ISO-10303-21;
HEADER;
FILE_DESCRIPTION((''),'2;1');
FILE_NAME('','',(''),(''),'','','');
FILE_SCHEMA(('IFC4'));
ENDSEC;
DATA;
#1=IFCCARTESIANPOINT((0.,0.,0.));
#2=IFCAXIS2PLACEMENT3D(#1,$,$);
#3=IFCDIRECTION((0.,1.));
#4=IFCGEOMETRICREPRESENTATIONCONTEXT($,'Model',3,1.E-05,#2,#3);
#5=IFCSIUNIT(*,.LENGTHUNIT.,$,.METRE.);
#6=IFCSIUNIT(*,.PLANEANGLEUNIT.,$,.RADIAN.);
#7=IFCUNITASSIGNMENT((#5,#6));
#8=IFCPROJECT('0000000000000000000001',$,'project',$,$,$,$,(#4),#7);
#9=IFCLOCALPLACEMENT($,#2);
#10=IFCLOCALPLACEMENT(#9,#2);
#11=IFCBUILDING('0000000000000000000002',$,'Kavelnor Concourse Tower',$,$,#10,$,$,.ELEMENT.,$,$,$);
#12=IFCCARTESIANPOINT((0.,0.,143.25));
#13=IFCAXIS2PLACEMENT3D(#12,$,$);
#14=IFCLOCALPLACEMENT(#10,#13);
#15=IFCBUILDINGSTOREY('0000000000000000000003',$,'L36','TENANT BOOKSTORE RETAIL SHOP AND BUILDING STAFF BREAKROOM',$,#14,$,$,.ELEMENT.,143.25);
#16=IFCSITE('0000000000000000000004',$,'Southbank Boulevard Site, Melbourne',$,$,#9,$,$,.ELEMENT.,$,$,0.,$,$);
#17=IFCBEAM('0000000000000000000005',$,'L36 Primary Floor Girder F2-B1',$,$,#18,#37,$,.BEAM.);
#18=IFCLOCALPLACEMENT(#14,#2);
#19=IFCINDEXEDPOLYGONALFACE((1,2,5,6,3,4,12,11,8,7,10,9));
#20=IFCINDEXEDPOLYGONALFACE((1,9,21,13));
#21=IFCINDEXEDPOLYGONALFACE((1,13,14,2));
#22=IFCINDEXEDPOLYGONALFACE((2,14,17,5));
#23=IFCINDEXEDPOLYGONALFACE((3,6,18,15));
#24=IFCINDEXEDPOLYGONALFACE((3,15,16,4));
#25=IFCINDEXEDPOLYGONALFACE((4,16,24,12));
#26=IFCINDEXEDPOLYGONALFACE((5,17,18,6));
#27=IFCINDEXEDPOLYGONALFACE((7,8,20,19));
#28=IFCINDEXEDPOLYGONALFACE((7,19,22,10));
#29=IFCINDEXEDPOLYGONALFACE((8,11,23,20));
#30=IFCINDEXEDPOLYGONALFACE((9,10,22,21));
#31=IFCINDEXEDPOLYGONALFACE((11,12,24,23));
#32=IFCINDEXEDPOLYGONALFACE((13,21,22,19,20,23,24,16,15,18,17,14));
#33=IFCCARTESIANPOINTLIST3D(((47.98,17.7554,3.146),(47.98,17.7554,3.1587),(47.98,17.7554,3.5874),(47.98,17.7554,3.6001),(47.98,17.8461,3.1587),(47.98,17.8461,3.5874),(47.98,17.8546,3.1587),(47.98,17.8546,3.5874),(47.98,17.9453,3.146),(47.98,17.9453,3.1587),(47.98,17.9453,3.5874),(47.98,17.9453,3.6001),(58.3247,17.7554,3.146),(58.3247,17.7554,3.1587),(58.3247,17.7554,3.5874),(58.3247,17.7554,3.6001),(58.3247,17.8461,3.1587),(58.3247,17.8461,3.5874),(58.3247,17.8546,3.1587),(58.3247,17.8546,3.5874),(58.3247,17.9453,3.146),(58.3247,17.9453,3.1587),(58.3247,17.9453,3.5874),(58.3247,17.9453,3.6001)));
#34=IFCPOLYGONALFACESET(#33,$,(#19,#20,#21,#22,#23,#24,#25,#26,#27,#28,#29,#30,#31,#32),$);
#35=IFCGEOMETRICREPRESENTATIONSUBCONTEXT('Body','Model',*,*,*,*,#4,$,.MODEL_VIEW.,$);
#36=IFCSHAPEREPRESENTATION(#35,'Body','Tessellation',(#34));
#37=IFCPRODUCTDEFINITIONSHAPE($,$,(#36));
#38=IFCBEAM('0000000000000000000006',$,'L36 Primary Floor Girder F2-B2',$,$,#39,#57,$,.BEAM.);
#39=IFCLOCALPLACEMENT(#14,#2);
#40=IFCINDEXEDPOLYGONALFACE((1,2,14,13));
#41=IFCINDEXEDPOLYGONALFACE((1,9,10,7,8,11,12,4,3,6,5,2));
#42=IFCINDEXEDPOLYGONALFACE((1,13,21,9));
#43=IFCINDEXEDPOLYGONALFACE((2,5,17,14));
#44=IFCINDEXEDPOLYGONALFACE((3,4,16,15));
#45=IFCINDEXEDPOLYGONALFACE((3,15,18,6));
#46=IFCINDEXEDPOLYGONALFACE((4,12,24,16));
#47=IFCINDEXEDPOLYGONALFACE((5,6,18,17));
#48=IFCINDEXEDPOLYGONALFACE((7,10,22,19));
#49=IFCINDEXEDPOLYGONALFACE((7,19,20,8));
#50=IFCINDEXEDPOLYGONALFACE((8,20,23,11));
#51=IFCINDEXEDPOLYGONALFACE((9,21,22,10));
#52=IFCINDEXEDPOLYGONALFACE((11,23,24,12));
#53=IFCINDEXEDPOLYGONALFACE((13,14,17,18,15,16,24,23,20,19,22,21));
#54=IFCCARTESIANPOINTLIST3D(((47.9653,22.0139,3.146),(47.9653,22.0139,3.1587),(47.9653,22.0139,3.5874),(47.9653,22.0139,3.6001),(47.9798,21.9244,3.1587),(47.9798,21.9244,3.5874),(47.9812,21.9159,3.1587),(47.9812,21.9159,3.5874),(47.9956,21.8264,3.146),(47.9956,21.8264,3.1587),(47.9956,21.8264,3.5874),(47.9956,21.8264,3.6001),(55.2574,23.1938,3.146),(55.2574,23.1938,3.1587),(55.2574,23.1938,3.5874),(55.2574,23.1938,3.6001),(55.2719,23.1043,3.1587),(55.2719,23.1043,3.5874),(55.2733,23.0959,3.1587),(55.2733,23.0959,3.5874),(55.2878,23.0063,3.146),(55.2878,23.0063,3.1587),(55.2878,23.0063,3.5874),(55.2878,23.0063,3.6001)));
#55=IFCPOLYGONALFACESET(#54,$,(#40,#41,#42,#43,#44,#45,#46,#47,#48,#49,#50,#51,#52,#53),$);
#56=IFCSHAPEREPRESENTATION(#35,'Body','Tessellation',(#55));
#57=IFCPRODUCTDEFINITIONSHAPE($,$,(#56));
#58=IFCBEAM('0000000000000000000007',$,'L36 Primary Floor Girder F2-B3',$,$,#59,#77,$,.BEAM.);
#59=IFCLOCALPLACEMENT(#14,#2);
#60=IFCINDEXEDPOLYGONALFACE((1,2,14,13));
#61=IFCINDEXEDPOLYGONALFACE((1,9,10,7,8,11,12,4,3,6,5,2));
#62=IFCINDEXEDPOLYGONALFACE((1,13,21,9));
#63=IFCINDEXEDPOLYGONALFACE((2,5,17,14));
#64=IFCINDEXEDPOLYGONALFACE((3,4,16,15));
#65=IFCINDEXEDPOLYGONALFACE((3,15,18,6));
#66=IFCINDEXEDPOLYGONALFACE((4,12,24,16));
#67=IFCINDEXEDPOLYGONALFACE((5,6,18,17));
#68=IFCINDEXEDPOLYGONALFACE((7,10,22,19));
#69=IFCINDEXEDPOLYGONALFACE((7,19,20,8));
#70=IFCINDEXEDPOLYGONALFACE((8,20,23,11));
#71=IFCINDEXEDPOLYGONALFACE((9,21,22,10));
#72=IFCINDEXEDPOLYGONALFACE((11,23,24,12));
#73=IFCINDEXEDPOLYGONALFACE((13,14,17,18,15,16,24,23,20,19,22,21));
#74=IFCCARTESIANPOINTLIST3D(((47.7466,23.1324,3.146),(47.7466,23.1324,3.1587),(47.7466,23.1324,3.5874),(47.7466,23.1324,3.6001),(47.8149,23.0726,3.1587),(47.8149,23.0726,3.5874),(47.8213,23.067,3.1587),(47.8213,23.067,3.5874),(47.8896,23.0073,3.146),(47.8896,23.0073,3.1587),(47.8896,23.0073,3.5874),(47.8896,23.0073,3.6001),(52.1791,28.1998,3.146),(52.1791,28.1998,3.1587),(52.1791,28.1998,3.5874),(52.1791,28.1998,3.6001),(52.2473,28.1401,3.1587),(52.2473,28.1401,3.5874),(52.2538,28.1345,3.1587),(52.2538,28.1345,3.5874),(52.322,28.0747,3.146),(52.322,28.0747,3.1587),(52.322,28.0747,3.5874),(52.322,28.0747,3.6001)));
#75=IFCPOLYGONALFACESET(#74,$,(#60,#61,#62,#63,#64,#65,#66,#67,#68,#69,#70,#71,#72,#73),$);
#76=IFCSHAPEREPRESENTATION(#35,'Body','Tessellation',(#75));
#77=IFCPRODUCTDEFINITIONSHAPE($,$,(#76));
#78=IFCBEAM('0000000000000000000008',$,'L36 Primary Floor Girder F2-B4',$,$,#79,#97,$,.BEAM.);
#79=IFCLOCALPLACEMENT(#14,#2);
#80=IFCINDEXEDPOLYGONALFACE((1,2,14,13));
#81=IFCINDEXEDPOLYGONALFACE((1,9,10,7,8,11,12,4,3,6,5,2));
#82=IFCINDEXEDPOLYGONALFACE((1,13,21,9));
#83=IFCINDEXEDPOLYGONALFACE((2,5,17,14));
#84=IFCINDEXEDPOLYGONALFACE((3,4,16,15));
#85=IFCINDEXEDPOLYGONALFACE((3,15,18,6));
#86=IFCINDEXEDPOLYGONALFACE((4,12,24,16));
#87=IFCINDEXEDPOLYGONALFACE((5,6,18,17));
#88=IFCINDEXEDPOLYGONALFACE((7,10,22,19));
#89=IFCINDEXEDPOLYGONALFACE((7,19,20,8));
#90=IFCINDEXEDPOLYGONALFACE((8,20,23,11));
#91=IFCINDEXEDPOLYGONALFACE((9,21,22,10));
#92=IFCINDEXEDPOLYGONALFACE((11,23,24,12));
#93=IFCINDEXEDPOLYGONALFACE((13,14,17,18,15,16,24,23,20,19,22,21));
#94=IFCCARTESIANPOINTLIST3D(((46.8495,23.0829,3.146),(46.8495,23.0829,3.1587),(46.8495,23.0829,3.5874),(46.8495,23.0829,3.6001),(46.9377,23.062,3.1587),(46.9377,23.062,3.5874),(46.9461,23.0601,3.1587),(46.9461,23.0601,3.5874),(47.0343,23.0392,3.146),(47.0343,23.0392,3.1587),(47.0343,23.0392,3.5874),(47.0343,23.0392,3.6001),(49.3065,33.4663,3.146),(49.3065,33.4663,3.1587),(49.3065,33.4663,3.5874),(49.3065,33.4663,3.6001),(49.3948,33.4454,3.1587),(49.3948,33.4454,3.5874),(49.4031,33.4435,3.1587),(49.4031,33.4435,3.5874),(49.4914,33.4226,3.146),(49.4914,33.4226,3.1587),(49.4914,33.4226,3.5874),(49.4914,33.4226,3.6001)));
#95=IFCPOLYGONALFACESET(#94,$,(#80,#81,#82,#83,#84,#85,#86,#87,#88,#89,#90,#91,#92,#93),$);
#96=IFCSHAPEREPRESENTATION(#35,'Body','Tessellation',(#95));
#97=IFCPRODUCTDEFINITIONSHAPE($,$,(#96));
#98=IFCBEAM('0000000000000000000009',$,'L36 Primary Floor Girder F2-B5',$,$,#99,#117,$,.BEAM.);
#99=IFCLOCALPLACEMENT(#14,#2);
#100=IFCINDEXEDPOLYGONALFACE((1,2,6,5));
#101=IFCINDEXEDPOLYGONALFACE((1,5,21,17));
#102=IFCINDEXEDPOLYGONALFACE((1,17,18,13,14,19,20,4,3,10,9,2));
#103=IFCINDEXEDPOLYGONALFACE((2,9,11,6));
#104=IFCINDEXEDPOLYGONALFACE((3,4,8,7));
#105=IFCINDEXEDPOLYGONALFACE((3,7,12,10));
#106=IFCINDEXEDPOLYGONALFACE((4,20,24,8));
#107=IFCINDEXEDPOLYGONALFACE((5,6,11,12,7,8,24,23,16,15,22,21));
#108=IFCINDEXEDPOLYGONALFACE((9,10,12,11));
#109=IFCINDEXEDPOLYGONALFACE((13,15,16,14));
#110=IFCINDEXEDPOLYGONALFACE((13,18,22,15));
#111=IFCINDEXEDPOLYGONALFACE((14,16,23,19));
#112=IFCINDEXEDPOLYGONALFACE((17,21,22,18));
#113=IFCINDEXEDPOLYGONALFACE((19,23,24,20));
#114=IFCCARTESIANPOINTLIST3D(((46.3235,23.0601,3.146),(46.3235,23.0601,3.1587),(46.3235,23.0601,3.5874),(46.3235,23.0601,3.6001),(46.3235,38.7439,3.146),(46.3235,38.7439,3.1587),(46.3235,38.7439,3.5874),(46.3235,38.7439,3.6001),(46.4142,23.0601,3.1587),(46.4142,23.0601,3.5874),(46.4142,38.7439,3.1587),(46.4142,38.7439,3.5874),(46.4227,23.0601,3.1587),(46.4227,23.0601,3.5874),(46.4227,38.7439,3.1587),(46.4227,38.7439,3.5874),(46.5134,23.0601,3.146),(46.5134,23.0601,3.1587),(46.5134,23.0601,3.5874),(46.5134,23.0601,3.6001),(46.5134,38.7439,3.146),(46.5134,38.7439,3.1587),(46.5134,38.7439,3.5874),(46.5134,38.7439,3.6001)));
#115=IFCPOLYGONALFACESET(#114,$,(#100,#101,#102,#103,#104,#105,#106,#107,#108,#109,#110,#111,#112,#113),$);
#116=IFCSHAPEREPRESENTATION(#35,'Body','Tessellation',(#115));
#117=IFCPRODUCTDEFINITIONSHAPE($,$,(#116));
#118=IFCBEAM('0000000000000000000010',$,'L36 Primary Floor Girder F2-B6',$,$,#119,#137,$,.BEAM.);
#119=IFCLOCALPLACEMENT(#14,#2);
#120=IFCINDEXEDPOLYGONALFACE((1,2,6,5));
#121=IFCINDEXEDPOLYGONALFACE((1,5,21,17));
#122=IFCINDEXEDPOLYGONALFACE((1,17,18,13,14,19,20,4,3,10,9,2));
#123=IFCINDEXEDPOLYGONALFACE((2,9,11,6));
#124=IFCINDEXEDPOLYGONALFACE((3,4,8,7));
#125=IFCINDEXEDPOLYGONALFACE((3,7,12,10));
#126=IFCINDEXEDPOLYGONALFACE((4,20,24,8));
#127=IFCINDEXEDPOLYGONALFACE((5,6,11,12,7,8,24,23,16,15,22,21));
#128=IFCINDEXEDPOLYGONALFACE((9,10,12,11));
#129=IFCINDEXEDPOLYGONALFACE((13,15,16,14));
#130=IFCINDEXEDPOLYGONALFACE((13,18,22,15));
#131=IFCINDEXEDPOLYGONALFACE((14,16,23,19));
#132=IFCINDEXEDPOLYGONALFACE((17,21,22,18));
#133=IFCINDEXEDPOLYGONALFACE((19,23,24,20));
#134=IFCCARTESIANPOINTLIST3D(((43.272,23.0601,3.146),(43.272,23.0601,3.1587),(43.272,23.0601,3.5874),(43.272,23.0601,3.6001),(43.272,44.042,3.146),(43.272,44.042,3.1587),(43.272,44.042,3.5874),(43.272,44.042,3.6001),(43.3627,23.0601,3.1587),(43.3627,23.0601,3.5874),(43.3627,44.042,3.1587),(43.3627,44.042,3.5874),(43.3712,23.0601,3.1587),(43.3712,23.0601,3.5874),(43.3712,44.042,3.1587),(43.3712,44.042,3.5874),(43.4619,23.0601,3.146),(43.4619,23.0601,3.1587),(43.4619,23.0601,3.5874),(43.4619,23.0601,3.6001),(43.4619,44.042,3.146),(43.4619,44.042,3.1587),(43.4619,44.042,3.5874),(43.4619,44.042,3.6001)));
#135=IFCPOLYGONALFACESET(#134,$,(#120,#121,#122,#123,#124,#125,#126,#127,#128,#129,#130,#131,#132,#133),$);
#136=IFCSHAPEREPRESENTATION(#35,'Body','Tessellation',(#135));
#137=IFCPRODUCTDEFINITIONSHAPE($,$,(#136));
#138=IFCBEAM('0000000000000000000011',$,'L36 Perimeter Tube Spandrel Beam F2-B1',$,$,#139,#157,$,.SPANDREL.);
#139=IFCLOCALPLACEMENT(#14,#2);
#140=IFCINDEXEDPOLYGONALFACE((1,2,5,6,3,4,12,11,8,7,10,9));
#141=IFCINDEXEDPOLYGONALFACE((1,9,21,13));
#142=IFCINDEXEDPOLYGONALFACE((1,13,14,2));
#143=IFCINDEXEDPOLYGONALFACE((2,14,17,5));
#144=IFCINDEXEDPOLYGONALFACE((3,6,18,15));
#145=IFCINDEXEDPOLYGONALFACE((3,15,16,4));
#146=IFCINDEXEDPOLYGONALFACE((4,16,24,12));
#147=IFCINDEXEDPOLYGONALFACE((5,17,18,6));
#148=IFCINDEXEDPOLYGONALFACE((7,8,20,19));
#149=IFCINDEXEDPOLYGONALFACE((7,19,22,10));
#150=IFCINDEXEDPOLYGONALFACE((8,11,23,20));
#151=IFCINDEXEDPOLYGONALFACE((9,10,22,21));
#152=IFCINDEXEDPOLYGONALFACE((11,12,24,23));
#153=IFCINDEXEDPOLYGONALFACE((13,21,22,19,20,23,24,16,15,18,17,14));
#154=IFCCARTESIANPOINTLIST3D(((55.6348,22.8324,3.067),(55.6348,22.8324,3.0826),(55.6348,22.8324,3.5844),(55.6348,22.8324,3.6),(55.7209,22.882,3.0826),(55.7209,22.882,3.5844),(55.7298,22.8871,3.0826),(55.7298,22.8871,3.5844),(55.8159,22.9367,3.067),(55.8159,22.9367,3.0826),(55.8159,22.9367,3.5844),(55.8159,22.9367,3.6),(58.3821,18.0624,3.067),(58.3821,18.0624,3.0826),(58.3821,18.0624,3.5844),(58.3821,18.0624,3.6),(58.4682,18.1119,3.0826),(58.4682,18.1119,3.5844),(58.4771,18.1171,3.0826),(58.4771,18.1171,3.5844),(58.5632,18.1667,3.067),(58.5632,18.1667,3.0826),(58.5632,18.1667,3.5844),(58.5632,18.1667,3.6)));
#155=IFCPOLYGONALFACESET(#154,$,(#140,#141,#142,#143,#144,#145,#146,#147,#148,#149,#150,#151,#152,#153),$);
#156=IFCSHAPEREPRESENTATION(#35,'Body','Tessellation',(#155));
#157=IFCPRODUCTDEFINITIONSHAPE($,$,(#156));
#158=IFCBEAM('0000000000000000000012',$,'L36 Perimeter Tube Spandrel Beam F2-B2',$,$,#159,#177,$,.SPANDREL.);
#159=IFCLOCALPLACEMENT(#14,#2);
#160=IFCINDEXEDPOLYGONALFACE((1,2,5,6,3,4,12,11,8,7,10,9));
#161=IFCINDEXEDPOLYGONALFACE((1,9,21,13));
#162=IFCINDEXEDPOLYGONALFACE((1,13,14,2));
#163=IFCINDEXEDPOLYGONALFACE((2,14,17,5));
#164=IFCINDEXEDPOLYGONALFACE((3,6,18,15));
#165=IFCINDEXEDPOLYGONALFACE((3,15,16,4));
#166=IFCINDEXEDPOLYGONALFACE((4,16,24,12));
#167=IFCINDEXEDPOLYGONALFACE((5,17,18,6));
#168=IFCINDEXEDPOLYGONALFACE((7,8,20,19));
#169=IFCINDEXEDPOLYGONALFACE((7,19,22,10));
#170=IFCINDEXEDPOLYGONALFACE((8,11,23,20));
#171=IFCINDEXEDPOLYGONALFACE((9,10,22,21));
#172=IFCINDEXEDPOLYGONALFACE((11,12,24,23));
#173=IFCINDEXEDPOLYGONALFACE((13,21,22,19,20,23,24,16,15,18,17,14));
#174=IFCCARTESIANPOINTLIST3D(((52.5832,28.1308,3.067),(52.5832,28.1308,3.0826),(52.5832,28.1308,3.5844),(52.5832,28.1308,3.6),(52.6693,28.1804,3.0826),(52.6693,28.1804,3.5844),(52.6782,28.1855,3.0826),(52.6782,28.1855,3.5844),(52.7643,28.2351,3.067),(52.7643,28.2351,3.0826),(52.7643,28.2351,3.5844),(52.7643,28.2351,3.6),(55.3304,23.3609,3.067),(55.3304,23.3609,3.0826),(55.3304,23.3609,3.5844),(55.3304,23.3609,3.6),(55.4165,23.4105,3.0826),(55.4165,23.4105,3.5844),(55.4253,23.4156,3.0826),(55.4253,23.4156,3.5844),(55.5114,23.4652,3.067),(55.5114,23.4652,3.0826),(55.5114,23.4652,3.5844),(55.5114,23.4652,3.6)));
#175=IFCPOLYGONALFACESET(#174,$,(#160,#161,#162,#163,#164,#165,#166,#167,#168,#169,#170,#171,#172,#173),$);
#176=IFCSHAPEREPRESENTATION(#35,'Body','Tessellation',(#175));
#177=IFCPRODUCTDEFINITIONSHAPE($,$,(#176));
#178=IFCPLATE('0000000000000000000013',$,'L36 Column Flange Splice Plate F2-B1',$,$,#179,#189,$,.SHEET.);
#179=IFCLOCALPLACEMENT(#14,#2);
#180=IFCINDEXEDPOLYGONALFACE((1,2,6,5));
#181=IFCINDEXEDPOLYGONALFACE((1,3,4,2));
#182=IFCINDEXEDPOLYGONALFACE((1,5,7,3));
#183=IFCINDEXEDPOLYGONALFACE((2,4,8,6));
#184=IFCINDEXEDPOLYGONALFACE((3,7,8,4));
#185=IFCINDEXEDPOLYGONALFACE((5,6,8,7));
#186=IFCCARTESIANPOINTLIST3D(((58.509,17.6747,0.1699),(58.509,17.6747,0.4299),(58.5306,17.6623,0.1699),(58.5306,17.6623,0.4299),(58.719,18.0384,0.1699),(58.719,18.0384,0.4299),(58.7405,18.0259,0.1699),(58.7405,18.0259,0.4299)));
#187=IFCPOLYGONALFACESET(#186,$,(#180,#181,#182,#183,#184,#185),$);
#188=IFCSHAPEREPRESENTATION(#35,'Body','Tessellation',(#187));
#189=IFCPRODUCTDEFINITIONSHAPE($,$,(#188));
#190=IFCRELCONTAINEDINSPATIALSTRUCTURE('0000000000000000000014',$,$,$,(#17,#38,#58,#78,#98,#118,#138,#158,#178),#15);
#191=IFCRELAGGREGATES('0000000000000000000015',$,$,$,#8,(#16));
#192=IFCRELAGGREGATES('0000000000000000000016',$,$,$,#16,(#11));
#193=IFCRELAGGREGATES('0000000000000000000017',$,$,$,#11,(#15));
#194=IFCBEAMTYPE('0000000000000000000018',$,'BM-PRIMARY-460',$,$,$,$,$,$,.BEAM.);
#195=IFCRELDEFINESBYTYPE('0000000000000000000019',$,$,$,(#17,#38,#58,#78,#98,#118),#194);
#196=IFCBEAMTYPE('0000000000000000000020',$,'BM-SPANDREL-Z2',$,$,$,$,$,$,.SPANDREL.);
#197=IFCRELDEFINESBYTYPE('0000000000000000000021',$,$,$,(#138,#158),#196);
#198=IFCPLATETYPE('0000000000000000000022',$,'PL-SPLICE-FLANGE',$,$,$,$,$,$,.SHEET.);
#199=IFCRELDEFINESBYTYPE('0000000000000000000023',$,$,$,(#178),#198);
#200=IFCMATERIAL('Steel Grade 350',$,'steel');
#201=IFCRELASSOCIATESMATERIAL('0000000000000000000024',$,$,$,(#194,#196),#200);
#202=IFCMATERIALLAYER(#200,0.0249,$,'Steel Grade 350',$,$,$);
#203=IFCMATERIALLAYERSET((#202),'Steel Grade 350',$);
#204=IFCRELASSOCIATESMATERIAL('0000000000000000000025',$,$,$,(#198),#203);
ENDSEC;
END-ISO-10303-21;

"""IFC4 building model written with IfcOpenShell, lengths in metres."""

from ifc_helpers import new_model, si_unit, direction, frame, origin, origin_2d, place, context, subcontext, project, spatial, rectangle, i_section, extrude, material, layer, layer_set, material_profile, profile_set, type_object, element, save


model = new_model("IFC4")

# Units and contexts
model_context = context("Model", 3, precision=1e-05, world=origin(), true_north=direction((0.0, 1.0)))
body_context = subcontext(model_context, "Body", "Model", "MODEL_VIEW")
ifc_project = project(units=[si_unit("LENGTHUNIT", "METRE"), si_unit("PLANEANGLEUNIT", "RADIAN")], contexts=[model_context])

# Site, building, storey
site_placement = place(None, origin())
site = spatial("IfcSite", under=ifc_project, at=site_placement, Name="Southbank Boulevard Site, Melbourne", CompositionType="ELEMENT", RefElevation=0.0)
building_placement = place(site_placement, origin())
building = spatial("IfcBuilding", under=site, at=building_placement, Name="Kavelnor Concourse Tower", CompositionType="ELEMENT")
storey_placement = place(building_placement, frame((0.0, 0.0, 143.25)))
storey = spatial("IfcBuildingStorey", under=building, at=storey_placement, Name="L36", Description="TENANT BOOKSTORE RETAIL SHOP AND BUILDING STAFF BREAKROOM", CompositionType="ELEMENT", Elevation=143.25)

# Shared definitions
ifc_material_1 = material(Name="Steel Grade 350", Category="steel")

# Beams
ifc_material_profile_1 = material_profile(ifc_material_1, i_section(OverallWidth=0.1899, OverallDepth=0.4541, WebThickness=0.0085, FlangeThickness=0.0127, at=origin_2d()), Name="460UB67")
ifc_profile_set_1 = profile_set([ifc_material_profile_1], Name="Steel Grade 350")
beam_type_1 = type_object("IfcBeamType", Name="BM-PRIMARY-460", PredefinedType="BEAM", material=ifc_profile_set_1)
beam_1_placement = place(storey_placement, frame((47.98, 17.8503, 3.373), z_axis=(1.0, 0.0, 0.0), x_axis=(0.0, 1.0, 0.0)))
element("IfcBeam", 1, at=beam_1_placement, inside=storey, type_object=beam_type_1, Name="L36 Primary Floor Girder F2-B1", PredefinedType="BEAM", context=body_context, shape_type="SweptSolid", body=[
    extrude(i_section(OverallWidth=0.1899, OverallDepth=0.4541, WebThickness=0.0085, FlangeThickness=0.0127, at=origin_2d()), origin(), (0.0, 0.0, 1.0), 10.3447),
])
beam_2_placement = place(storey_placement, frame((47.9805, 21.9202, 3.373), z_axis=(0.987161, 0.159729, 0.0), x_axis=(-0.159729, 0.987161, 0.0)))
element("IfcBeam", 2, at=beam_2_placement, inside=storey, type_object=beam_type_1, Name="L36 Primary Floor Girder F2-B2", PredefinedType="BEAM", context=body_context, shape_type="SweptSolid", body=[
    extrude(i_section(OverallWidth=0.1899, OverallDepth=0.4541, WebThickness=0.0085, FlangeThickness=0.0127, at=origin_2d()), origin(), (0.0, 0.0, 1.0), 7.387),
])
beam_3_placement = place(storey_placement, frame((47.8181, 23.0698, 3.373), z_axis=(0.658371, 0.752693, 0.0), x_axis=(-0.752693, 0.658371, 0.0)))
element("IfcBeam", 3, at=beam_3_placement, inside=storey, type_object=beam_type_1, Name="L36 Primary Floor Girder F2-B3", PredefinedType="BEAM", context=body_context, shape_type="SweptSolid", body=[
    extrude(i_section(OverallWidth=0.1899, OverallDepth=0.4541, WebThickness=0.0085, FlangeThickness=0.0127, at=origin_2d()), origin(), (0.0, 0.0, 1.0), 6.7324),
])
beam_4_placement = place(storey_placement, frame((46.9419, 23.061, 3.373), z_axis=(0.230274, 0.973126, 0.0), x_axis=(-0.973126, 0.230274, 0.0)))
element("IfcBeam", 4, at=beam_4_placement, inside=storey, type_object=beam_type_1, Name="L36 Primary Floor Girder F2-B4", PredefinedType="BEAM", context=body_context, shape_type="SweptSolid", body=[
    extrude(i_section(OverallWidth=0.1899, OverallDepth=0.4541, WebThickness=0.0085, FlangeThickness=0.0127, at=origin_2d()), origin(), (0.0, 0.0, 1.0), 10.6702),
])
beam_5_placement = place(storey_placement, frame((46.4185, 23.0601, 3.373), z_axis=(0.0, 1.0, 0.0), x_axis=(-1.0, 0.0, 0.0)))
element("IfcBeam", 5, at=beam_5_placement, inside=storey, type_object=beam_type_1, Name="L36 Primary Floor Girder F2-B5", PredefinedType="BEAM", context=body_context, shape_type="SweptSolid", body=[
    extrude(i_section(OverallWidth=0.1899, OverallDepth=0.4541, WebThickness=0.0085, FlangeThickness=0.0127, at=origin_2d()), origin(), (0.0, 0.0, 1.0), 15.6838),
])
beam_6_placement = place(storey_placement, frame((43.3669, 23.0601, 3.373), z_axis=(0.0, 1.0, 0.0), x_axis=(-1.0, 0.0, 0.0)))
element("IfcBeam", 6, at=beam_6_placement, inside=storey, type_object=beam_type_1, Name="L36 Primary Floor Girder F2-B6", PredefinedType="BEAM", context=body_context, shape_type="SweptSolid", body=[
    extrude(i_section(OverallWidth=0.1899, OverallDepth=0.4541, WebThickness=0.0085, FlangeThickness=0.0127, at=origin_2d()), origin(), (0.0, 0.0, 1.0), 20.9819),
])
ifc_material_profile_2 = material_profile(ifc_material_1, i_section(OverallWidth=0.209, OverallDepth=0.533, WebThickness=0.0103, FlangeThickness=0.0156, at=origin_2d()), Name="530UB92")
ifc_profile_set_2 = profile_set([ifc_material_profile_2], Name="Steel Grade 350")
beam_type_2 = type_object("IfcBeamType", Name="BM-SPANDREL-Z2", PredefinedType="SPANDREL", material=ifc_profile_set_2)
beam_7_placement = place(storey_placement, frame((58.4727, 18.1145, 3.3335), z_axis=(-0.499093, 0.866549, 0.0), x_axis=(-0.866549, -0.499093, 0.0)))
element("IfcBeam", 7, at=beam_7_placement, inside=storey, type_object=beam_type_2, Name="L36 Perimeter Tube Spandrel Beam F2-B1", PredefinedType="SPANDREL", context=body_context, shape_type="SweptSolid", body=[
    extrude(i_section(OverallWidth=0.209, OverallDepth=0.533, WebThickness=0.0103, FlangeThickness=0.0156, at=origin_2d()), origin(), (0.0, 0.0, 1.0), 5.5046),
])
beam_8_placement = place(storey_placement, frame((55.4209, 23.4131, 3.3335), z_axis=(-0.499079, 0.866557, 0.0), x_axis=(-0.866557, -0.499079, 0.0)))
element("IfcBeam", 8, at=beam_8_placement, inside=storey, type_object=beam_type_2, Name="L36 Perimeter Tube Spandrel Beam F2-B2", PredefinedType="SPANDREL", context=body_context, shape_type="SweptSolid", body=[
    extrude(i_section(OverallWidth=0.209, OverallDepth=0.533, WebThickness=0.0103, FlangeThickness=0.0156, at=origin_2d()), origin(), (0.0, 0.0, 1.0), 5.5044),
])

# Plate
ifc_layer_1 = layer(ifc_material_1, 0.0249, Name="Steel Grade 350")
ifc_layer_set_1 = layer_set([ifc_layer_1], Name="Steel Grade 350")
plate_type = type_object("IfcPlateType", Name="PL-SPLICE-FLANGE", PredefinedType="SHEET", material=ifc_layer_set_1)
plate_placement = place(storey_placement, frame((58.6248, 17.8503, 0.1699), z_axis=(0.0, 0.0, 1.0), x_axis=(-0.5, -0.866025, 0.0)))
element("IfcPlate", 9, at=plate_placement, inside=storey, type_object=plate_type, Name="L36 Column Flange Splice Plate F2-B1", PredefinedType="SHEET", context=body_context, shape_type="SweptSolid", body=[
    extrude(rectangle(XDim=0.4199, YDim=0.0249, at=origin_2d()), origin(), (0.0, 0.0, 1.0), 0.26),
])

save(model, "model.ifc")
